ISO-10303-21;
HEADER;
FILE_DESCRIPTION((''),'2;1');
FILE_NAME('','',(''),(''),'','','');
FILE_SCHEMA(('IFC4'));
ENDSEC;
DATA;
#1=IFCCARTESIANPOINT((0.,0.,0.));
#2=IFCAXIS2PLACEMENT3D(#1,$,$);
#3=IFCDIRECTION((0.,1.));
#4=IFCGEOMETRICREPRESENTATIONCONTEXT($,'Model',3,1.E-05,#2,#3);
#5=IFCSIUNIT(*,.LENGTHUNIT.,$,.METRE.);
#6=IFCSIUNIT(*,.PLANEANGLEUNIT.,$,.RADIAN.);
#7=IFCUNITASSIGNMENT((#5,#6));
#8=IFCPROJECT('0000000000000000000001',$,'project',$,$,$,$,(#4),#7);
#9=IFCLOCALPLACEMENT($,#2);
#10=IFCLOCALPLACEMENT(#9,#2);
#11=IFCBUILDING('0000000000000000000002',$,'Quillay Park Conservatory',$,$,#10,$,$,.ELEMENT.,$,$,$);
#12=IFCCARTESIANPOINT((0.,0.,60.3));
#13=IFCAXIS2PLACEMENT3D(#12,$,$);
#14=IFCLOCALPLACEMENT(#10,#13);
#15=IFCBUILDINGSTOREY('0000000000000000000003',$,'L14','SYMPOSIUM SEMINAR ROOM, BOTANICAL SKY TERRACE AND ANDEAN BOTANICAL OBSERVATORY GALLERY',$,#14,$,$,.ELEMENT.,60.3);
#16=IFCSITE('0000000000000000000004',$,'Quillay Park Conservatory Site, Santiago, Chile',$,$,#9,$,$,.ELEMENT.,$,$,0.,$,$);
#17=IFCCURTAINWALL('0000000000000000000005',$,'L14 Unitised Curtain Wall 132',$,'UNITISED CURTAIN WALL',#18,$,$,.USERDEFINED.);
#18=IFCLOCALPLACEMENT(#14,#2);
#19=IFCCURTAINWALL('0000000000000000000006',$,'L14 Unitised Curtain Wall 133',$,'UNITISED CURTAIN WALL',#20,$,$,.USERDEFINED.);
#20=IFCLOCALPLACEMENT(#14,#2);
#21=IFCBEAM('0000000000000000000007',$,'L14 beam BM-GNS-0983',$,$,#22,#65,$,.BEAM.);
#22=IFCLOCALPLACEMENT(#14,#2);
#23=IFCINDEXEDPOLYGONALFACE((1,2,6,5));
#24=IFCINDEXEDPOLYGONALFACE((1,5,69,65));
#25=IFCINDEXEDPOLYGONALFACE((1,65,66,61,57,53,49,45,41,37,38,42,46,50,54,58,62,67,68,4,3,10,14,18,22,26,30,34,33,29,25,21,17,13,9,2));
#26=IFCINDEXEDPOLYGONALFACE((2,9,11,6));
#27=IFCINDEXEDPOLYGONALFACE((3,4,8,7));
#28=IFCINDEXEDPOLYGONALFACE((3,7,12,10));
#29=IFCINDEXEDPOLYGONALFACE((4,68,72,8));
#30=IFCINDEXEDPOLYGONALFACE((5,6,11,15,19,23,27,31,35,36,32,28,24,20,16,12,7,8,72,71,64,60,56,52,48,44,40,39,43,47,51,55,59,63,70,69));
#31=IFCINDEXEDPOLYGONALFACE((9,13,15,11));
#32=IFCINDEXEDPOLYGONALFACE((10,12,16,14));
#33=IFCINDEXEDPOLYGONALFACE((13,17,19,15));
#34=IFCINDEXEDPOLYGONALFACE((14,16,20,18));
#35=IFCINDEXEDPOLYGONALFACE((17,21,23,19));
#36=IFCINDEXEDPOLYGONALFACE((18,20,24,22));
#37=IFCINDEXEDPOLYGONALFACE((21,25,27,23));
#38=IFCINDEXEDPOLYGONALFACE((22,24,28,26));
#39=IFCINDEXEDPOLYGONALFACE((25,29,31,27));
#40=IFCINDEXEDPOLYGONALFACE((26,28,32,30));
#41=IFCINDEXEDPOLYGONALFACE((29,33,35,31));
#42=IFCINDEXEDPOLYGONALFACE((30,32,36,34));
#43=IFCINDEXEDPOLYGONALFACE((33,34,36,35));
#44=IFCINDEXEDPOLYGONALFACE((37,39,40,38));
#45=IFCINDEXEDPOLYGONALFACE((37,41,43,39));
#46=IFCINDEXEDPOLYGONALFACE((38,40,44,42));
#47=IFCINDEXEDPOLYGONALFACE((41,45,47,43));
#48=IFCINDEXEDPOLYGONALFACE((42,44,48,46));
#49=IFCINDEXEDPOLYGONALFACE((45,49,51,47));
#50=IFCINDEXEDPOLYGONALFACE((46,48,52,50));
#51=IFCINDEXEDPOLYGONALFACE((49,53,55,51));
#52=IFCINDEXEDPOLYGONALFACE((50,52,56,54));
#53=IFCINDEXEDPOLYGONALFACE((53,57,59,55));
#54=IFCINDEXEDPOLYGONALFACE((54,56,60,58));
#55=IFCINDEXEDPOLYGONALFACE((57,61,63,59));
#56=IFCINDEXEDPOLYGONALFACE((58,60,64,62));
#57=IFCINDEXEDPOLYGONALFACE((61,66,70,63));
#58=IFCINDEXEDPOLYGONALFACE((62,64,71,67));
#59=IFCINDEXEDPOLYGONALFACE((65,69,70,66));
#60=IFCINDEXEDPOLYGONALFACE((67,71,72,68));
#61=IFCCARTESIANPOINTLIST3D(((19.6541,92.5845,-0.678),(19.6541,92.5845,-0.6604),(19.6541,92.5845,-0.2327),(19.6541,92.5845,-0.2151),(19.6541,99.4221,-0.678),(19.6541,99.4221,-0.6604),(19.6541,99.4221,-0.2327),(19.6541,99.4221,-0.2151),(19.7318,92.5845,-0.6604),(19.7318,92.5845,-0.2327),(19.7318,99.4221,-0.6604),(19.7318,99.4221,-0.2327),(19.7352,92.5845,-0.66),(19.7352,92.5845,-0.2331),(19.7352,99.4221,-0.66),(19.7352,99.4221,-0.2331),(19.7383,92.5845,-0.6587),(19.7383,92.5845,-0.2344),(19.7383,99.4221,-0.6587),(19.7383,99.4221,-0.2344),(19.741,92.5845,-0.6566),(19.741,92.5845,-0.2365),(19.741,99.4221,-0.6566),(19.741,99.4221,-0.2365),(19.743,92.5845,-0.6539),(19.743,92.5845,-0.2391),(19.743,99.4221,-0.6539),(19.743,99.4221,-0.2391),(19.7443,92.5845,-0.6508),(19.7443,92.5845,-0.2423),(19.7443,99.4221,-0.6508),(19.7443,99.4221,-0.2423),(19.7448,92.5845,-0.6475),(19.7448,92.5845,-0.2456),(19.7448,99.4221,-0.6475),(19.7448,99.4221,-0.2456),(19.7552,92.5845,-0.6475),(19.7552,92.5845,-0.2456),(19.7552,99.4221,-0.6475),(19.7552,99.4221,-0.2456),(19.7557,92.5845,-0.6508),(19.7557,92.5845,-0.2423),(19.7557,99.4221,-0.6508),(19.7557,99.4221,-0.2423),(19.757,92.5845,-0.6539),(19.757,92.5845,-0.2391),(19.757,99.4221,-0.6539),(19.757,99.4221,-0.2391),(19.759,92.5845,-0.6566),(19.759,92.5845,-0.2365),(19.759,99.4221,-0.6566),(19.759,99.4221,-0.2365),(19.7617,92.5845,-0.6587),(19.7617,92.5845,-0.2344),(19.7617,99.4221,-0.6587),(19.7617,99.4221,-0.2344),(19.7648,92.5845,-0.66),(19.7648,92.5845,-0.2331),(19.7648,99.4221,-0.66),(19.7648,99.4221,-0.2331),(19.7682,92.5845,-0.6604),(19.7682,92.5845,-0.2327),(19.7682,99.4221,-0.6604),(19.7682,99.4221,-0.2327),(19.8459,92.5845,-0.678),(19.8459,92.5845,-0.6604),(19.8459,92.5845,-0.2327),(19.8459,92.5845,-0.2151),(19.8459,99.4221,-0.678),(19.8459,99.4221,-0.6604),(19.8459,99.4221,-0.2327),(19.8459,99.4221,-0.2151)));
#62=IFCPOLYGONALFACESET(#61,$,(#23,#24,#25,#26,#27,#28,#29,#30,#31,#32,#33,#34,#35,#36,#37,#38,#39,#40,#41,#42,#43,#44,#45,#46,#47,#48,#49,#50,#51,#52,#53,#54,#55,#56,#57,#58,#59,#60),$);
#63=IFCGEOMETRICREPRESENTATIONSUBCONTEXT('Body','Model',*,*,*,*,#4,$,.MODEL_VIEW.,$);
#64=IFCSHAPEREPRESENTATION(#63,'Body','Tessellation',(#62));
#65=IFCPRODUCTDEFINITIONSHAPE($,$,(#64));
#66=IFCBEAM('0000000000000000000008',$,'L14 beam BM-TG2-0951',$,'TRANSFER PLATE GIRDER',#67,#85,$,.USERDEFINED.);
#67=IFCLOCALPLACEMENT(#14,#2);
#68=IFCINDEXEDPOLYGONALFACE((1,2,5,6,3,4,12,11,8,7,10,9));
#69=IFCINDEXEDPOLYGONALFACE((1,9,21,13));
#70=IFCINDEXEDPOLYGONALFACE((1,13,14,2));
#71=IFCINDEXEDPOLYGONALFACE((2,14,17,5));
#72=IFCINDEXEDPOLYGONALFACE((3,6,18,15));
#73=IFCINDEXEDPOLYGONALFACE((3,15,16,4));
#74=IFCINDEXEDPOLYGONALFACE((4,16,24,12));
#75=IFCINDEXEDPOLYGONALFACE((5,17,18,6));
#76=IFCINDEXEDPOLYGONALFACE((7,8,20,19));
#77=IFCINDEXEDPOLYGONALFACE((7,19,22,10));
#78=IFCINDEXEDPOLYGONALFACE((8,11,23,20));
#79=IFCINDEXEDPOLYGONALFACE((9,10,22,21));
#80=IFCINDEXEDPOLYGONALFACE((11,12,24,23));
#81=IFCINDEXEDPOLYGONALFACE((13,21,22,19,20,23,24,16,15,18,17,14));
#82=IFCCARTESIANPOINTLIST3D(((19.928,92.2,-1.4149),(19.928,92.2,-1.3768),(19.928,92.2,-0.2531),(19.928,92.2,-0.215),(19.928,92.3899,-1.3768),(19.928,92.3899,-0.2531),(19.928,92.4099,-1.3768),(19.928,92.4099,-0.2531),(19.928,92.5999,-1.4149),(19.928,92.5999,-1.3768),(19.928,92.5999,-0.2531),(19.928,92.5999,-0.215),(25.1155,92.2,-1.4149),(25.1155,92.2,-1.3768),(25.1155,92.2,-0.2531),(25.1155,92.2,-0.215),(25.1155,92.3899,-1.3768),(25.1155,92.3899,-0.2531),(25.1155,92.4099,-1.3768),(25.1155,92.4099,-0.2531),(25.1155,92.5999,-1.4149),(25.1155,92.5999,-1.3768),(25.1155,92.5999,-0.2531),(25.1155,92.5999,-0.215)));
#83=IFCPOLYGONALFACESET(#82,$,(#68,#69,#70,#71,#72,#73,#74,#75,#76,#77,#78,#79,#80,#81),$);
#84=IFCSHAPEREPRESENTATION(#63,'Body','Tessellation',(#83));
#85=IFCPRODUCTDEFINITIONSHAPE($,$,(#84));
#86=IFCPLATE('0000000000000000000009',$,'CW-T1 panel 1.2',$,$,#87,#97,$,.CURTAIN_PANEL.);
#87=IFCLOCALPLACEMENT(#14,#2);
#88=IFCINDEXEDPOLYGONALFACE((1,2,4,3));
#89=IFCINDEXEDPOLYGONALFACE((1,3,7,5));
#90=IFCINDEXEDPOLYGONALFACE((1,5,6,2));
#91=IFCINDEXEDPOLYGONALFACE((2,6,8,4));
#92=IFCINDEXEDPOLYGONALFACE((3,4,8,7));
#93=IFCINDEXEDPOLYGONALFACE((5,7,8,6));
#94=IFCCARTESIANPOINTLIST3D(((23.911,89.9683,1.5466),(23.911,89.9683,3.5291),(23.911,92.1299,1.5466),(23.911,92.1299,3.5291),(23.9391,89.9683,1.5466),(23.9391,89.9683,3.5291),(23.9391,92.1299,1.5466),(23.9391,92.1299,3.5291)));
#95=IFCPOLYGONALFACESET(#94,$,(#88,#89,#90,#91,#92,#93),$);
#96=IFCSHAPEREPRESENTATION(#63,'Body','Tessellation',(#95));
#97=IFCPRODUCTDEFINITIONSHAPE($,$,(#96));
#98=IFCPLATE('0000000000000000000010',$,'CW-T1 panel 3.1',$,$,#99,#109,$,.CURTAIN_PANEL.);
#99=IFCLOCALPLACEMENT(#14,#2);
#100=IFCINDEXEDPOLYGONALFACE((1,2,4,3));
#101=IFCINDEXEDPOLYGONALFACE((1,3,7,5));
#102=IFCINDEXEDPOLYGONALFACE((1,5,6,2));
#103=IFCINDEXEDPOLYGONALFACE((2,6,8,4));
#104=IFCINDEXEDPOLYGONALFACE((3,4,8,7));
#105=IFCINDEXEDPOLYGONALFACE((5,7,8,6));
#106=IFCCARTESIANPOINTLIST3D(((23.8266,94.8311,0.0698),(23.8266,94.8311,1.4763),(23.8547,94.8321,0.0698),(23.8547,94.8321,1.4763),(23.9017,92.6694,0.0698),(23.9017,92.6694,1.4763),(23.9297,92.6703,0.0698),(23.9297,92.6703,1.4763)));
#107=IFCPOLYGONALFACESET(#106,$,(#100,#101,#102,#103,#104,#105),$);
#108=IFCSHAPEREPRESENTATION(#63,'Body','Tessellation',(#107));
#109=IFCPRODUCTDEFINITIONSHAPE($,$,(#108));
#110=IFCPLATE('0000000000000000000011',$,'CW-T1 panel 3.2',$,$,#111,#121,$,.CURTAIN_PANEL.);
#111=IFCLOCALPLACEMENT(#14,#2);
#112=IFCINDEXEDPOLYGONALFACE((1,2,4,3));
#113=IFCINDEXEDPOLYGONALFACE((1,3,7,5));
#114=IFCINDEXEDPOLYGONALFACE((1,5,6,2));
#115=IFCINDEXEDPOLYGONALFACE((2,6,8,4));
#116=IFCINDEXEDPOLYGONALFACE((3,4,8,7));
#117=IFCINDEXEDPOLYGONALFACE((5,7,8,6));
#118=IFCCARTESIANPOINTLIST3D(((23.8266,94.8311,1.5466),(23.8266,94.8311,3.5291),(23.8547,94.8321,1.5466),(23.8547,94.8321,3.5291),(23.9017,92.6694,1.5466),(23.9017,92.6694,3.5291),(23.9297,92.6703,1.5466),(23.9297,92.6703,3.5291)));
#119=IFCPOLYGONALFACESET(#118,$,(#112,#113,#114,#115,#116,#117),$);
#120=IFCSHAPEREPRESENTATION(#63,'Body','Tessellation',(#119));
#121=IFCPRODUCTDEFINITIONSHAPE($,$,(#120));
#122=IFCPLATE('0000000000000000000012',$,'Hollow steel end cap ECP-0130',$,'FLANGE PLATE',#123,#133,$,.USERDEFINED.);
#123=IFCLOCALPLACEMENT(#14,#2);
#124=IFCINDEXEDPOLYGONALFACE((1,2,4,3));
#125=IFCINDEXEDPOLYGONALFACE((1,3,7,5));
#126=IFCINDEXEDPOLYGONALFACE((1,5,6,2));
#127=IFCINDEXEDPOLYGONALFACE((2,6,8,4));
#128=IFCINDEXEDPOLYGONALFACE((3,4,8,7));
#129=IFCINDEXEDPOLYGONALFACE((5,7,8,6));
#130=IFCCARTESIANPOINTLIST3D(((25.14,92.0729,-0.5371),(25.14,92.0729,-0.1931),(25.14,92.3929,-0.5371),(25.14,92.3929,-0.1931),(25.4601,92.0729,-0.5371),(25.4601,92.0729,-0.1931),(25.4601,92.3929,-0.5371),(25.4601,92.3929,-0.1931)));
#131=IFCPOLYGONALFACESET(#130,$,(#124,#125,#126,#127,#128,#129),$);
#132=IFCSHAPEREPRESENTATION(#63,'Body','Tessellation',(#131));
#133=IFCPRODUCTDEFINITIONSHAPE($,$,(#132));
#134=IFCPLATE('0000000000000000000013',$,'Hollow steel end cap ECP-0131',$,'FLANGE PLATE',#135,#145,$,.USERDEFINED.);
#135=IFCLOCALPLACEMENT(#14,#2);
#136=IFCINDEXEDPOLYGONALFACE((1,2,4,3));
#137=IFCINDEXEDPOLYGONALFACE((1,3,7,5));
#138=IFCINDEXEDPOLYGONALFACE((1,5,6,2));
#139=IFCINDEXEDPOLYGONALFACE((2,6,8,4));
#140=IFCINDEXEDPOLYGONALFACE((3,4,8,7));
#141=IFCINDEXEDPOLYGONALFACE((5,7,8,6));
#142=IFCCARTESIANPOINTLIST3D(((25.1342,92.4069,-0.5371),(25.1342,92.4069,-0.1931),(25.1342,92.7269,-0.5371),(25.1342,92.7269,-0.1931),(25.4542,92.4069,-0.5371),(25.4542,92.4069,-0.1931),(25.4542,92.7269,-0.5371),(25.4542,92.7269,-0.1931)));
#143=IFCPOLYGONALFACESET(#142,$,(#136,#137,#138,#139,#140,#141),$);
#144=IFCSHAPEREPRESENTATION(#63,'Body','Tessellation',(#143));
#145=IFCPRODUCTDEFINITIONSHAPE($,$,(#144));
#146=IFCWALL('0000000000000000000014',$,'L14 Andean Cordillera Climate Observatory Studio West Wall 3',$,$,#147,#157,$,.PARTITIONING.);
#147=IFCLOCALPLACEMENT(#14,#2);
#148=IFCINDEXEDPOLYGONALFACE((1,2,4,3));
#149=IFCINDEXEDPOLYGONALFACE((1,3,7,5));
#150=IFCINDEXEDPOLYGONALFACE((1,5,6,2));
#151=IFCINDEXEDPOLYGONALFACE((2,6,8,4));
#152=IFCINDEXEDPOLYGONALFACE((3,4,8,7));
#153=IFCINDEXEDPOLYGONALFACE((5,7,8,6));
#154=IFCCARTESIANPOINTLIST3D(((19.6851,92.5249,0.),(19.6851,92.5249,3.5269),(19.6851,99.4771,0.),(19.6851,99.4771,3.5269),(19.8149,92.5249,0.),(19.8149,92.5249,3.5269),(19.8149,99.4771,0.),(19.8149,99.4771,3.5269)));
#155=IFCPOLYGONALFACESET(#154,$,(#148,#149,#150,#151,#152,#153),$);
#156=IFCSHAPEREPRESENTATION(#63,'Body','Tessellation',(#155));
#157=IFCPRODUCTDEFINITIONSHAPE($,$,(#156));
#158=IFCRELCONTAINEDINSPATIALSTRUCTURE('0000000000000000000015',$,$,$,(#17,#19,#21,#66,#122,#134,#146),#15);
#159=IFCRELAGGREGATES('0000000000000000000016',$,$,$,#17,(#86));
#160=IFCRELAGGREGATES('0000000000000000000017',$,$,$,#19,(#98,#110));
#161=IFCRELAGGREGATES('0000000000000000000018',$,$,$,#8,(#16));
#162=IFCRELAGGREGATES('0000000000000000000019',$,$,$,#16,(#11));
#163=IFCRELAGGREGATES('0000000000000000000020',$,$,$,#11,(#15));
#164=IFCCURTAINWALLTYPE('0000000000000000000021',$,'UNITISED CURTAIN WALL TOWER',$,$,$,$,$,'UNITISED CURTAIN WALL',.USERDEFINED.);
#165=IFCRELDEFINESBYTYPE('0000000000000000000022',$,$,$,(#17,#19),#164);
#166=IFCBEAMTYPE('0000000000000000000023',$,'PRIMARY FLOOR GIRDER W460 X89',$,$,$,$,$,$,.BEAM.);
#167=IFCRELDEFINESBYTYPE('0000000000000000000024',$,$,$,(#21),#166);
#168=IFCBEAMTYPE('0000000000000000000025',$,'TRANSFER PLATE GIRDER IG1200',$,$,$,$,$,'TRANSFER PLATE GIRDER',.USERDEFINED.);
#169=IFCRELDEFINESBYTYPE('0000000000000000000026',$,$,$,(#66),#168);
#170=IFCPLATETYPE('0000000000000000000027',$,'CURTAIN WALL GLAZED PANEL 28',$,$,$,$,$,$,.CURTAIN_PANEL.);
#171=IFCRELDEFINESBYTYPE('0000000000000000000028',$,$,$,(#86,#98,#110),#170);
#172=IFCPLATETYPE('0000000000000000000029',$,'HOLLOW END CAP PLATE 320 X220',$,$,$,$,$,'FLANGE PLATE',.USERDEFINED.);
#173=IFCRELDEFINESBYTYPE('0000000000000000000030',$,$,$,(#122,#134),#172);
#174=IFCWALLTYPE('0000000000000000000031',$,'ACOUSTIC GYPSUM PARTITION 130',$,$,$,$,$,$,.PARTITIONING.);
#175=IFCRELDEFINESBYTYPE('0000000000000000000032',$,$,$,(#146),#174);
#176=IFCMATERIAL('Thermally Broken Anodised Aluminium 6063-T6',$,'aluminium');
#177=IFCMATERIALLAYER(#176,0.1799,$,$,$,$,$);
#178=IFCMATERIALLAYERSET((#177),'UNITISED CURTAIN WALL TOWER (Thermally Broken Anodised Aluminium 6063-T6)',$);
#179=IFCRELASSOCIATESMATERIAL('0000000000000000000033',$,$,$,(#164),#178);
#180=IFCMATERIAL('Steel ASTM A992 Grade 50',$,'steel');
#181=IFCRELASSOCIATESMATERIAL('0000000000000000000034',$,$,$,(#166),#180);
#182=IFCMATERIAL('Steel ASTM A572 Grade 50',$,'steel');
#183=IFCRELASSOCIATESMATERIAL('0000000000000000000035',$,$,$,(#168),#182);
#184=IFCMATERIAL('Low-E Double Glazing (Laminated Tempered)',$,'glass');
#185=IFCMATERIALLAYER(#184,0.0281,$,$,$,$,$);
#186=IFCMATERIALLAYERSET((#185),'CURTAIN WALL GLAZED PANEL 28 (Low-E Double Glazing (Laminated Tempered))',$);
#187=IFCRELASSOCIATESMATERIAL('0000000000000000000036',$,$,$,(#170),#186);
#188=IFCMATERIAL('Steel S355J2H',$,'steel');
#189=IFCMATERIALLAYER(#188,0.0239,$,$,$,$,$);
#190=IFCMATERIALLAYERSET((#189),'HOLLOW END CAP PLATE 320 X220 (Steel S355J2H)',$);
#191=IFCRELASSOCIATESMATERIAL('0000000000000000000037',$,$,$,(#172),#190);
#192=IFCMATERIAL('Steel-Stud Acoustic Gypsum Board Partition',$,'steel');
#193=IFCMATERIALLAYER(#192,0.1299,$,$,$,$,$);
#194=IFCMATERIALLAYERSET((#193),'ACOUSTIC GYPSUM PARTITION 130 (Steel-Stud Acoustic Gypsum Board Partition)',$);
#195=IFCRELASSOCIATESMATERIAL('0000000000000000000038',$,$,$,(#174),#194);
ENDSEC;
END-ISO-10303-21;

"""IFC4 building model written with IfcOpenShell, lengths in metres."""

from ifc_helpers import new_model, si_unit, direction, frame, frame_2d, origin, origin_2d, place, context, subcontext, project, spatial, rectangle, i_section, extrude, material, layer, layer_set, material_profile, profile_set, type_object, element, aggregate, save


model = new_model("IFC4")

# Units and contexts
model_context = context("Model", 3, precision=1e-05, world=origin(), true_north=direction((0.0, 1.0)))
body_context = subcontext(model_context, "Body", "Model", "MODEL_VIEW")
ifc_project = project(units=[si_unit("LENGTHUNIT", "METRE"), si_unit("PLANEANGLEUNIT", "RADIAN")], contexts=[model_context])

# Site, building, storey
site_placement = place(None, origin())
site = spatial("IfcSite", under=ifc_project, at=site_placement, Name="Quillay Park Conservatory Site, Santiago, Chile", CompositionType="ELEMENT", RefElevation=0.0)
building_placement = place(site_placement, origin())
building = spatial("IfcBuilding", under=site, at=building_placement, Name="Quillay Park Conservatory", CompositionType="ELEMENT")
storey_placement = place(building_placement, frame((0.0, 0.0, 60.3)))
storey = spatial("IfcBuildingStorey", under=building, at=storey_placement, Name="L14", Description="SYMPOSIUM SEMINAR ROOM, BOTANICAL SKY TERRACE AND ANDEAN BOTANICAL OBSERVATORY GALLERY", CompositionType="ELEMENT", Elevation=60.3)

# Curtain wall
ifc_material_1 = material(Name="Thermally Broken Anodised Aluminium 6063-T6", Category="aluminium")
ifc_layer_1 = layer(ifc_material_1, 0.1799)
ifc_layer_set_1 = layer_set([ifc_layer_1], Name="UNITISED CURTAIN WALL TOWER (Thermally Broken Anodised Aluminium 6063-T6)")
curtain_wall_type = type_object("IfcCurtainWallType", Name="UNITISED CURTAIN WALL TOWER", ElementType="UNITISED CURTAIN WALL", PredefinedType="USERDEFINED", material=ifc_layer_set_1)
curtain_wall_1_placement = place(storey_placement, origin())
curtain_wall_1 = element("IfcCurtainWall", 1, at=curtain_wall_1_placement, inside=storey, type_object=curtain_wall_type, Name="L14 Unitised Curtain Wall 132", ObjectType="UNITISED CURTAIN WALL", PredefinedType="USERDEFINED")

# Curtain wall
curtain_wall_2_placement = place(storey_placement, origin())
curtain_wall_2 = element("IfcCurtainWall", 2, at=curtain_wall_2_placement, inside=storey, type_object=curtain_wall_type, Name="L14 Unitised Curtain Wall 133", ObjectType="UNITISED CURTAIN WALL", PredefinedType="USERDEFINED")

# Beams
ifc_material_2 = material(Name="Steel ASTM A992 Grade 50", Category="steel")
ifc_material_profile_1 = material_profile(ifc_material_2, i_section(OverallWidth=0.1919, OverallDepth=0.4629, WebThickness=0.0105, FlangeThickness=0.0176, FilletRadius=0.0129, at=origin_2d()), Name="W460x89")
ifc_profile_set_1 = profile_set([ifc_material_profile_1], Name="Steel ASTM A992 Grade 50")
beam_type_1 = type_object("IfcBeamType", Name="PRIMARY FLOOR GIRDER W460 X89", PredefinedType="BEAM", material=ifc_profile_set_1)
beam_1_placement = place(storey_placement, frame((19.75, 92.5845, -0.4465), z_axis=(0.0, 1.0, 0.0), x_axis=(-1.0, 0.0, 0.0)))
element("IfcBeam", 3, at=beam_1_placement, inside=storey, type_object=beam_type_1, Name="L14 beam BM-GNS-0983", PredefinedType="BEAM", context=body_context, shape_type="SweptSolid", body=[
    extrude(i_section(OverallWidth=0.1919, OverallDepth=0.4629, WebThickness=0.0105, FlangeThickness=0.0176, FilletRadius=0.0129, at=origin_2d()), origin(), (0.0, 0.0, 1.0), 6.8376),
])
ifc_material_3 = material(Name="Steel ASTM A572 Grade 50", Category="steel")
ifc_material_profile_2 = material_profile(ifc_material_3, i_section(OverallWidth=0.3999, OverallDepth=1.2, WebThickness=0.02, FlangeThickness=0.0381, at=origin_2d()), Name="IG1200x400")
ifc_profile_set_2 = profile_set([ifc_material_profile_2], Name="Steel ASTM A572 Grade 50")
beam_type_2 = type_object("IfcBeamType", Name="TRANSFER PLATE GIRDER IG1200", ElementType="TRANSFER PLATE GIRDER", PredefinedType="USERDEFINED", material=ifc_profile_set_2)
beam_2_placement = place(storey_placement, frame((19.928, 92.3999, -0.8149), z_axis=(1.0, 0.0, 0.0), x_axis=(0.0, 1.0, 0.0)))
element("IfcBeam", 4, at=beam_2_placement, inside=storey, type_object=beam_type_2, Name="L14 beam BM-TG2-0951", ObjectType="TRANSFER PLATE GIRDER", PredefinedType="USERDEFINED", context=body_context, shape_type="SweptSolid", body=[
    extrude(i_section(OverallWidth=0.3999, OverallDepth=1.2, WebThickness=0.02, FlangeThickness=0.0381, at=origin_2d()), origin(), (0.0, 0.0, 1.0), 5.1875),
])

# Plates
ifc_material_4 = material(Name="Low-E Double Glazing (Laminated Tempered)", Category="glass")
ifc_layer_2 = layer(ifc_material_4, 0.0281)
ifc_layer_set_2 = layer_set([ifc_layer_2], Name="CURTAIN WALL GLAZED PANEL 28 (Low-E Double Glazing (Laminated Tempered))")
plate_type_1 = type_object("IfcPlateType", Name="CURTAIN WALL GLAZED PANEL 28", PredefinedType="CURTAIN_PANEL", material=ifc_layer_set_2)
plate_1_placement = place(storey_placement, frame((23.925, 91.0491, 1.5466), z_axis=(0.0, 0.0, 1.0), x_axis=(0.0, -1.0, 0.0)))
plate_1 = element("IfcPlate", 5, at=plate_1_placement, type_object=plate_type_1, Name="CW-T1 panel 1.2", PredefinedType="CURTAIN_PANEL", context=body_context, shape_type="SweptSolid", body=[
    extrude(rectangle(XDim=2.1616, YDim=0.0281, at=origin_2d()), origin(), (0.0, 0.0, 1.0), 1.9824),
])
aggregate(curtain_wall_1, [plate_1])
plate_2_placement = place(storey_placement, frame((23.8782, 93.7507, 0.0698), z_axis=(0.0, 0.0, 1.0), x_axis=(0.034713, -0.999397, 0.0)))
plate_2 = element("IfcPlate", 6, at=plate_2_placement, type_object=plate_type_1, Name="CW-T1 panel 3.1", PredefinedType="CURTAIN_PANEL", context=body_context, shape_type="SweptSolid", body=[
    extrude(rectangle(XDim=2.1631, YDim=0.0281, at=origin_2d()), origin(), (0.0, 0.0, 1.0), 1.4065),
])
plate_3_placement = place(storey_placement, frame((23.8782, 93.7507, 1.5466), z_axis=(0.0, 0.0, 1.0), x_axis=(0.034713, -0.999397, 0.0)))
plate_3 = element("IfcPlate", 7, at=plate_3_placement, type_object=plate_type_1, Name="CW-T1 panel 3.2", PredefinedType="CURTAIN_PANEL", context=body_context, shape_type="SweptSolid", body=[
    extrude(rectangle(XDim=2.1631, YDim=0.0281, at=origin_2d()), origin(), (0.0, 0.0, 1.0), 1.9824),
])
aggregate(curtain_wall_2, [plate_2, plate_3])

# Plates
ifc_material_5 = material(Name="Steel S355J2H", Category="steel")
ifc_layer_3 = layer(ifc_material_5, 0.0239)
ifc_layer_set_3 = layer_set([ifc_layer_3], Name="HOLLOW END CAP PLATE 320 X220 (Steel S355J2H)")
plate_type_2 = type_object("IfcPlateType", Name="HOLLOW END CAP PLATE 320 X220", ElementType="FLANGE PLATE", PredefinedType="USERDEFINED", material=ifc_layer_set_3)
for number, where, z_axis, x_axis, name in (
    (8, (25.3, 92.2329, -0.5371), (0.0, 0.0, 1.0), (1.0, 0.0, 0.0), "Hollow steel end cap ECP-0130"),
    (9, (25.2942, 92.5669, -0.5371), (0.0, 0.0, 1.0), (1.0, 0.0, 0.0), "Hollow steel end cap ECP-0131"),
):
    element("IfcPlate", number, at=place(storey_placement, frame(where, z_axis=z_axis, x_axis=x_axis)), inside=storey, type_object=plate_type_2, Name=name, ObjectType="FLANGE PLATE", PredefinedType="USERDEFINED", context=body_context, shape_type="SweptSolid", body=[
        extrude(rectangle(XDim=0.3201, YDim=0.3201, at=origin_2d()), origin(), (0.0, 0.0, 1.0), 0.344),
    ])

# Wall
ifc_material_6 = material(Name="Steel-Stud Acoustic Gypsum Board Partition", Category="steel")
ifc_layer_4 = layer(ifc_material_6, 0.1299)
ifc_layer_set_4 = layer_set([ifc_layer_4], Name="ACOUSTIC GYPSUM PARTITION 130 (Steel-Stud Acoustic Gypsum Board Partition)")
wall_type = type_object("IfcWallType", Name="ACOUSTIC GYPSUM PARTITION 130", PredefinedType="PARTITIONING", material=ifc_layer_set_4)
wall_placement = place(storey_placement, frame((19.75, 92.5249, 0.0), z_axis=(0.0, 0.0, 1.0), x_axis=(0.0, 1.0, 0.0)))
element("IfcWall", 10, at=wall_placement, inside=storey, type_object=wall_type, Name="L14 Andean Cordillera Climate Observatory Studio West Wall 3", PredefinedType="PARTITIONING", context=body_context, shape_type="SweptSolid", body=[
    extrude(rectangle(XDim=6.9521, YDim=0.1299, at=frame_2d((3.4761, 0.0))), origin(), (0.0, 0.0, 1.0), 3.5269),
])

save(model, "model.ifc")
